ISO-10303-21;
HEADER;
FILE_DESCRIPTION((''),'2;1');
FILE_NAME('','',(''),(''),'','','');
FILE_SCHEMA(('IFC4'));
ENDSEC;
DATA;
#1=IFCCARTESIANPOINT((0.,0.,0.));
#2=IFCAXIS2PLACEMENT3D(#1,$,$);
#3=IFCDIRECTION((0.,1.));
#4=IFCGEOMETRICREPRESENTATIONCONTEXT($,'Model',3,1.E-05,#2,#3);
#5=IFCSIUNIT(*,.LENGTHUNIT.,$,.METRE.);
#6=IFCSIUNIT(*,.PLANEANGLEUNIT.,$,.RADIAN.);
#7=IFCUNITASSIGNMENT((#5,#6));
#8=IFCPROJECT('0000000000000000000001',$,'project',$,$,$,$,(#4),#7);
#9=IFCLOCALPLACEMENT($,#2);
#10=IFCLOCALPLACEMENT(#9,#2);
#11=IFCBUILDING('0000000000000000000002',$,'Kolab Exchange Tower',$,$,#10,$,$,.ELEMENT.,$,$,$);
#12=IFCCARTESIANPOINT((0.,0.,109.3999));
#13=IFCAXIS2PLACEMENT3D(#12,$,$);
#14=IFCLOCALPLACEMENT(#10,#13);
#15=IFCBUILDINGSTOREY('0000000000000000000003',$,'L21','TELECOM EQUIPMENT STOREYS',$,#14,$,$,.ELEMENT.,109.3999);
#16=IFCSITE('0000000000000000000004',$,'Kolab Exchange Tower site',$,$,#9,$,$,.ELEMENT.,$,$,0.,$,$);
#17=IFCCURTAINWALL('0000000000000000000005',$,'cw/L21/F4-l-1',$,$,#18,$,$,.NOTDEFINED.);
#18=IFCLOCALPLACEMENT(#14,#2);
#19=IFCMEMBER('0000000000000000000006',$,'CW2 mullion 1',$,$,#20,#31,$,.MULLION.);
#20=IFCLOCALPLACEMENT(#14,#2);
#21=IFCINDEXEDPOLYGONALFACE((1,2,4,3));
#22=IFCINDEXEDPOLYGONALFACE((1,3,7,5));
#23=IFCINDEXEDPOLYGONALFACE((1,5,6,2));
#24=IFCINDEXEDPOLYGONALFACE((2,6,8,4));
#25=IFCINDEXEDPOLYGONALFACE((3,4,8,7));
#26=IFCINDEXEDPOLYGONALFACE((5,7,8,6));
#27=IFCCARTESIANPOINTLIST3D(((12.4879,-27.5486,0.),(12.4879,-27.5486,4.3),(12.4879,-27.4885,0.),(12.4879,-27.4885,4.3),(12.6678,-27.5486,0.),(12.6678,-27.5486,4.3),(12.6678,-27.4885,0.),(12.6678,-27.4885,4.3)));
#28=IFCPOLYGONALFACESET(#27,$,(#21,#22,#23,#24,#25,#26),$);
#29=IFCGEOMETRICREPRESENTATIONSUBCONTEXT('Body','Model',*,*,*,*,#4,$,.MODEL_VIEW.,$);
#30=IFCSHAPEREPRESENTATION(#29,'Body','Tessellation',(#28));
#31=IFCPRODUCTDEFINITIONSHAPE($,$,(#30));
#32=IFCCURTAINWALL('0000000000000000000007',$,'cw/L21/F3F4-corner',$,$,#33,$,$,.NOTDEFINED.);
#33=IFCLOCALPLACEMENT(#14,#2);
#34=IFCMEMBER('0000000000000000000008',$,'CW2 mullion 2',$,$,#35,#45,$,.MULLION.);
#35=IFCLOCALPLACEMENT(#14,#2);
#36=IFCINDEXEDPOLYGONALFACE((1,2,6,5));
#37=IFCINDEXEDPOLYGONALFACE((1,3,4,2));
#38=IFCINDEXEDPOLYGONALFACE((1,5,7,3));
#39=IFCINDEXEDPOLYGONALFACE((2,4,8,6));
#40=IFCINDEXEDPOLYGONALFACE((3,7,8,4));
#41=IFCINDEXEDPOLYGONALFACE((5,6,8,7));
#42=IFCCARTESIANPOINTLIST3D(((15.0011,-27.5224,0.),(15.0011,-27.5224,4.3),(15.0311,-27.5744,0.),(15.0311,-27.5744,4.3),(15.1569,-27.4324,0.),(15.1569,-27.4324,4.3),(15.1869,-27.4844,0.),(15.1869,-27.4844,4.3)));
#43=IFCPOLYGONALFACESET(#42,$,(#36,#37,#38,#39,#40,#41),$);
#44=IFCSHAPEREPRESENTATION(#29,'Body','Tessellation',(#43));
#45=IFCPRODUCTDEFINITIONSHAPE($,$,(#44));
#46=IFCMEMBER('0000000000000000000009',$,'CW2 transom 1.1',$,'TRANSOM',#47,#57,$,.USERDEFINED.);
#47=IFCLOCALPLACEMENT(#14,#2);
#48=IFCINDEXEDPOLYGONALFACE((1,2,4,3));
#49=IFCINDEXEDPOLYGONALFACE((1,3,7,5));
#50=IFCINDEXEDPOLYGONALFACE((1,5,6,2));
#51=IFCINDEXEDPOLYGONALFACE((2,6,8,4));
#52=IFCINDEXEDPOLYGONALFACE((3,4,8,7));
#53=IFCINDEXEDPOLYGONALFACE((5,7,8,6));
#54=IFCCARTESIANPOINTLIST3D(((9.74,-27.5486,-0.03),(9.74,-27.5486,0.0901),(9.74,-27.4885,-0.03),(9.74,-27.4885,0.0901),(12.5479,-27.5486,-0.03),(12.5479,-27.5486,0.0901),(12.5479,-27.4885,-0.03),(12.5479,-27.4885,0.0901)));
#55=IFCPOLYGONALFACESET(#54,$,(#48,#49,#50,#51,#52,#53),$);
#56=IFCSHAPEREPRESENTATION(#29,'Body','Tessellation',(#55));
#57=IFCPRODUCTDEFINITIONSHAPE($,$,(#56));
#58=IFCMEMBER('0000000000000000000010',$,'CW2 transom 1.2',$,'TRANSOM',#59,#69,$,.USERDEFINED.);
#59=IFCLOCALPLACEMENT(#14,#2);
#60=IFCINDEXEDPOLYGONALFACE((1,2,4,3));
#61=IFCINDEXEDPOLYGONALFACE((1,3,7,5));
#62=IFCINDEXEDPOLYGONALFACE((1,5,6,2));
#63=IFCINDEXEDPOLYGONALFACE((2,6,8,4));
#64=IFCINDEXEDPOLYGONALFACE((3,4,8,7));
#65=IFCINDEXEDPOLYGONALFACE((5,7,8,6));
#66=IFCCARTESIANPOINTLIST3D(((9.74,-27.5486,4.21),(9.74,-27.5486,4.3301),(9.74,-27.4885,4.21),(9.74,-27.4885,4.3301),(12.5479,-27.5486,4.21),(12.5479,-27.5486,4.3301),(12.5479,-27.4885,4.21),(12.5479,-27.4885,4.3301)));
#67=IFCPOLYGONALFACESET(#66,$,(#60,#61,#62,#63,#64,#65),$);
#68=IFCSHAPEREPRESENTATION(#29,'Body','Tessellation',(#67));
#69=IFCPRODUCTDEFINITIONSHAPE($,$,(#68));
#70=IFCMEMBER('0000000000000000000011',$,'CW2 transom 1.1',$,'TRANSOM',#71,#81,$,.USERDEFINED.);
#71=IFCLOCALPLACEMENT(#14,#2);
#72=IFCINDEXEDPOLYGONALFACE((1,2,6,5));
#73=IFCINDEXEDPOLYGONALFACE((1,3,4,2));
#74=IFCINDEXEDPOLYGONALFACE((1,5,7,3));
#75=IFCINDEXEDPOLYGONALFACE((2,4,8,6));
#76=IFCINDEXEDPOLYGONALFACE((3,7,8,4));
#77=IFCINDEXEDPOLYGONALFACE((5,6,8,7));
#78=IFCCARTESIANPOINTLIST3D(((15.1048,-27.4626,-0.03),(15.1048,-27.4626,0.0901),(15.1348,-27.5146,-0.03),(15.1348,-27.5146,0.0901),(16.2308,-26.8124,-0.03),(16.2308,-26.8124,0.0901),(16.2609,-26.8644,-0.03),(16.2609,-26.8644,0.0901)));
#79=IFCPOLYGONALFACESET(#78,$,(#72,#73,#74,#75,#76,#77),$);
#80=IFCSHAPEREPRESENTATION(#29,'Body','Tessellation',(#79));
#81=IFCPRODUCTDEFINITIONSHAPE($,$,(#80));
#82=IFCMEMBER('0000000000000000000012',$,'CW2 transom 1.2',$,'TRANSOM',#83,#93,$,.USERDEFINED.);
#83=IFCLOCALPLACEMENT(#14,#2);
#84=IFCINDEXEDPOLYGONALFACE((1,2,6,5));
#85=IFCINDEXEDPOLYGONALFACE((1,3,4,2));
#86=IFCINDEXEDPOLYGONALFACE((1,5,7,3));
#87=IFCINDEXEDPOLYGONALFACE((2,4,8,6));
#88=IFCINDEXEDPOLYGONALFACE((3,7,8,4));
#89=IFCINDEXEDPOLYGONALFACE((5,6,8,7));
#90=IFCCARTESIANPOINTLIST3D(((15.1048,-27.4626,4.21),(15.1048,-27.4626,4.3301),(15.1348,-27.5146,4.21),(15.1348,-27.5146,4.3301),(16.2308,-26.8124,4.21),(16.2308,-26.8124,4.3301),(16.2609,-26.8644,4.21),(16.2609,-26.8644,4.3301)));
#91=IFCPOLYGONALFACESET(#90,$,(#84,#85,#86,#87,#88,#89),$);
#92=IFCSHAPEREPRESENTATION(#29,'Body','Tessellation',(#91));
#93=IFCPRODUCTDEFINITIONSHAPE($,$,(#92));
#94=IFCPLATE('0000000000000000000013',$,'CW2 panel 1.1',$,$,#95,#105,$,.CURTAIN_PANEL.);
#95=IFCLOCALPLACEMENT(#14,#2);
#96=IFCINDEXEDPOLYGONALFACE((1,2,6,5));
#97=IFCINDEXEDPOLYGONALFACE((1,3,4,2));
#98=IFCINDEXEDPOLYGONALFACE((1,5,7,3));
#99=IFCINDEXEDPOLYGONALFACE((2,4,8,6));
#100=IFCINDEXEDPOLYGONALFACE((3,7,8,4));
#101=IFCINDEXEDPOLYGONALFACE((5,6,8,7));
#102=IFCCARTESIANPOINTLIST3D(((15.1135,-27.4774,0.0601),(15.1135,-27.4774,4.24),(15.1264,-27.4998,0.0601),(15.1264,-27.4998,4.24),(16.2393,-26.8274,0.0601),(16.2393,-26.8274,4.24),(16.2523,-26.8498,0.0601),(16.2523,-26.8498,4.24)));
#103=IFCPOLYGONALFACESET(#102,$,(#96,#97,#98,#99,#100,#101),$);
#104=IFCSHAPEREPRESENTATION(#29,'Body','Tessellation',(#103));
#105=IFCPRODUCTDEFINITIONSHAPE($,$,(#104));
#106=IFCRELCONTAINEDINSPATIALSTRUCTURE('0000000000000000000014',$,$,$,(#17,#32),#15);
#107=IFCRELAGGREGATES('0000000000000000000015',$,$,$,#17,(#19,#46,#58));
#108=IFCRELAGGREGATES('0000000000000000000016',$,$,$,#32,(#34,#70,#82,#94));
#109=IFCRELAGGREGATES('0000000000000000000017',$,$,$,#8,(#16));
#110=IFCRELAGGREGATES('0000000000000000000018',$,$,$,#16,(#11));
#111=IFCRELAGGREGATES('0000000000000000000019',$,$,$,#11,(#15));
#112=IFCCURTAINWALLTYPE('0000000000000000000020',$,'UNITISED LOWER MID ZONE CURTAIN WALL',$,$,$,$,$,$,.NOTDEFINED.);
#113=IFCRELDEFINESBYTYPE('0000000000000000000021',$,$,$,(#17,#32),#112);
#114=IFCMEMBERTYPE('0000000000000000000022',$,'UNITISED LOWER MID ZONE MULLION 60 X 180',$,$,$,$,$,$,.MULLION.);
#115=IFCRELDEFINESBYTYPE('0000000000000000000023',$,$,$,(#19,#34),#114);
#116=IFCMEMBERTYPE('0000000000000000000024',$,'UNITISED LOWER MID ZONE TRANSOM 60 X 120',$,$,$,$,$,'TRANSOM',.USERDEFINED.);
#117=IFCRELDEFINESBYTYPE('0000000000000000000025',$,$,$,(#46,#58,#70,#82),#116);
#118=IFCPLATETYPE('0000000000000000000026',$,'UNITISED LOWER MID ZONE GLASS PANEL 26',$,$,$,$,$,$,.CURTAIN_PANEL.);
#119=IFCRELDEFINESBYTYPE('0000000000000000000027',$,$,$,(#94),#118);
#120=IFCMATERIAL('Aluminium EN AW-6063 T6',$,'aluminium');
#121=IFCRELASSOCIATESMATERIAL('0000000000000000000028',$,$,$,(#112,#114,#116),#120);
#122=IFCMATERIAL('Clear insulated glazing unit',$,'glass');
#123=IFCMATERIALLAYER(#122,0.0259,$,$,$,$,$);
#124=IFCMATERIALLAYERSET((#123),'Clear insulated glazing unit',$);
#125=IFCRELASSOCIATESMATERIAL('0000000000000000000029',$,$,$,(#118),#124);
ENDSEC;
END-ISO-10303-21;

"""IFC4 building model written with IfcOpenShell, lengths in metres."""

from ifc_helpers import new_model, si_unit, direction, frame, origin, origin_2d, place, context, subcontext, project, spatial, rectangle, extrude, material, layer, layer_set, material_profile, profile_set, type_object, element, aggregate, save


model = new_model("IFC4")

# Units and contexts
model_context = context("Model", 3, precision=1e-05, world=origin(), true_north=direction((0.0, 1.0)))
body_context = subcontext(model_context, "Body", "Model", "MODEL_VIEW")
ifc_project = project(units=[si_unit("LENGTHUNIT", "METRE"), si_unit("PLANEANGLEUNIT", "RADIAN")], contexts=[model_context])

# Site, building, storey
site_placement = place(None, origin())
site = spatial("IfcSite", under=ifc_project, at=site_placement, Name="Kolab Exchange Tower site", CompositionType="ELEMENT", RefElevation=0.0)
building_placement = place(site_placement, origin())
building = spatial("IfcBuilding", under=site, at=building_placement, Name="Kolab Exchange Tower", CompositionType="ELEMENT")
storey_placement = place(building_placement, frame((0.0, 0.0, 109.3999)))
storey = spatial("IfcBuildingStorey", under=building, at=storey_placement, Name="L21", Description="TELECOM EQUIPMENT STOREYS", CompositionType="ELEMENT", Elevation=109.3999)

# Curtain walls, members
ifc_material_1 = material(Name="Aluminium EN AW-6063 T6", Category="aluminium")
curtain_wall_type = type_object("IfcCurtainWallType", Name="UNITISED LOWER MID ZONE CURTAIN WALL", PredefinedType="NOTDEFINED", material=ifc_material_1)
curtain_wall_1_placement = place(storey_placement, origin())
curtain_wall_1 = element("IfcCurtainWall", 1, at=curtain_wall_1_placement, inside=storey, type_object=curtain_wall_type, Name="cw/L21/F4-l-1", PredefinedType="NOTDEFINED")
ifc_material_profile_1 = material_profile(ifc_material_1, rectangle(XDim=0.0601, YDim=0.1799, at=origin_2d()), Name="RECT 60X180")
ifc_profile_set_1 = profile_set([ifc_material_profile_1], Name="Aluminium EN AW-6063 T6")
member_type_1 = type_object("IfcMemberType", Name="UNITISED LOWER MID ZONE MULLION 60 X 180", PredefinedType="MULLION", material=ifc_profile_set_1)
member_1_placement = place(storey_placement, frame((12.5779, -27.5186, 0.0), z_axis=(0.0, 0.0, 1.0), x_axis=(0.0, -1.0, 0.0)))
member_1 = element("IfcMember", 2, at=member_1_placement, type_object=member_type_1, Name="CW2 mullion 1", PredefinedType="MULLION", context=body_context, shape_type="SweptSolid", body=[
    extrude(rectangle(XDim=0.0601, YDim=0.1799, at=origin_2d()), origin(), (0.0, 0.0, 1.0), 4.3),
])
curtain_wall_2_placement = place(storey_placement, origin())
curtain_wall_2 = element("IfcCurtainWall", 3, at=curtain_wall_2_placement, inside=storey, type_object=curtain_wall_type, Name="cw/L21/F3F4-corner", PredefinedType="NOTDEFINED")
member_2_placement = place(storey_placement, frame((15.094, -27.5034, 0.0), z_axis=(0.0, 0.0, 1.0), x_axis=(0.5, -0.866025, 0.0)))
member_2 = element("IfcMember", 4, at=member_2_placement, type_object=member_type_1, Name="CW2 mullion 2", PredefinedType="MULLION", context=body_context, shape_type="SweptSolid", body=[
    extrude(rectangle(XDim=0.0601, YDim=0.1799, at=origin_2d()), origin(), (0.0, 0.0, 1.0), 4.3),
])

# Members
ifc_material_profile_2 = material_profile(ifc_material_1, rectangle(XDim=0.0601, YDim=0.1201, at=origin_2d()), Name="RECT 60X120")
ifc_profile_set_2 = profile_set([ifc_material_profile_2], Name="Aluminium EN AW-6063 T6")
member_type_2 = type_object("IfcMemberType", Name="UNITISED LOWER MID ZONE TRANSOM 60 X 120", ElementType="TRANSOM", PredefinedType="USERDEFINED", material=ifc_profile_set_2)
member_3_placement = place(storey_placement, frame((12.5479, -27.5186, 0.03), z_axis=(-1.0, 0.0, 0.0), x_axis=(0.0, -1.0, 0.0)))
member_3 = element("IfcMember", 5, at=member_3_placement, type_object=member_type_2, Name="CW2 transom 1.1", ObjectType="TRANSOM", PredefinedType="USERDEFINED", context=body_context, shape_type="SweptSolid", body=[
    extrude(rectangle(XDim=0.0601, YDim=0.1201, at=origin_2d()), origin(), (0.0, 0.0, 1.0), 2.8079),
])
member_4_placement = place(storey_placement, frame((12.5479, -27.5186, 4.27), z_axis=(-1.0, 0.0, 0.0), x_axis=(0.0, -1.0, 0.0)))
member_4 = element("IfcMember", 6, at=member_4_placement, type_object=member_type_2, Name="CW2 transom 1.2", ObjectType="TRANSOM", PredefinedType="USERDEFINED", context=body_context, shape_type="SweptSolid", body=[
    extrude(rectangle(XDim=0.0601, YDim=0.1201, at=origin_2d()), origin(), (0.0, 0.0, 1.0), 2.8079),
])
aggregate(curtain_wall_1, [member_1, member_3, member_4])
member_5_placement = place(storey_placement, frame((16.2458, -26.8384, 0.03), z_axis=(-0.866004, -0.500037, 0.0), x_axis=(0.500037, -0.866004, 0.0)))
member_5 = element("IfcMember", 7, at=member_5_placement, type_object=member_type_2, Name="CW2 transom 1.1", ObjectType="TRANSOM", PredefinedType="USERDEFINED", context=body_context, shape_type="SweptSolid", body=[
    extrude(rectangle(XDim=0.0601, YDim=0.1201, at=origin_2d()), origin(), (0.0, 0.0, 1.0), 1.3003),
])
member_6_placement = place(storey_placement, frame((16.2458, -26.8384, 4.27), z_axis=(-0.866004, -0.500037, 0.0), x_axis=(0.500037, -0.866004, 0.0)))
member_6 = element("IfcMember", 8, at=member_6_placement, type_object=member_type_2, Name="CW2 transom 1.2", ObjectType="TRANSOM", PredefinedType="USERDEFINED", context=body_context, shape_type="SweptSolid", body=[
    extrude(rectangle(XDim=0.0601, YDim=0.1201, at=origin_2d()), origin(), (0.0, 0.0, 1.0), 1.3003),
])

# Plate
ifc_material_2 = material(Name="Clear insulated glazing unit", Category="glass")
ifc_layer_1 = layer(ifc_material_2, 0.0259)
ifc_layer_set_1 = layer_set([ifc_layer_1], Name="Clear insulated glazing unit")
plate_type = type_object("IfcPlateType", Name="UNITISED LOWER MID ZONE GLASS PANEL 26", PredefinedType="CURTAIN_PANEL", material=ifc_layer_set_1)
plate_placement = place(storey_placement, frame((15.6829, -27.1636, 0.0601), z_axis=(0.0, 0.0, 1.0), x_axis=(-0.866025, -0.5, 0.0)))
plate = element("IfcPlate", 9, at=plate_placement, type_object=plate_type, Name="CW2 panel 1.1", PredefinedType="CURTAIN_PANEL", context=body_context, shape_type="SweptSolid", body=[
    extrude(rectangle(XDim=1.3, YDim=0.0259, at=origin_2d()), origin(), (0.0, 0.0, 1.0), 4.1799),
])
aggregate(curtain_wall_2, [member_2, member_5, member_6, plate])

save(model, "model.ifc")
